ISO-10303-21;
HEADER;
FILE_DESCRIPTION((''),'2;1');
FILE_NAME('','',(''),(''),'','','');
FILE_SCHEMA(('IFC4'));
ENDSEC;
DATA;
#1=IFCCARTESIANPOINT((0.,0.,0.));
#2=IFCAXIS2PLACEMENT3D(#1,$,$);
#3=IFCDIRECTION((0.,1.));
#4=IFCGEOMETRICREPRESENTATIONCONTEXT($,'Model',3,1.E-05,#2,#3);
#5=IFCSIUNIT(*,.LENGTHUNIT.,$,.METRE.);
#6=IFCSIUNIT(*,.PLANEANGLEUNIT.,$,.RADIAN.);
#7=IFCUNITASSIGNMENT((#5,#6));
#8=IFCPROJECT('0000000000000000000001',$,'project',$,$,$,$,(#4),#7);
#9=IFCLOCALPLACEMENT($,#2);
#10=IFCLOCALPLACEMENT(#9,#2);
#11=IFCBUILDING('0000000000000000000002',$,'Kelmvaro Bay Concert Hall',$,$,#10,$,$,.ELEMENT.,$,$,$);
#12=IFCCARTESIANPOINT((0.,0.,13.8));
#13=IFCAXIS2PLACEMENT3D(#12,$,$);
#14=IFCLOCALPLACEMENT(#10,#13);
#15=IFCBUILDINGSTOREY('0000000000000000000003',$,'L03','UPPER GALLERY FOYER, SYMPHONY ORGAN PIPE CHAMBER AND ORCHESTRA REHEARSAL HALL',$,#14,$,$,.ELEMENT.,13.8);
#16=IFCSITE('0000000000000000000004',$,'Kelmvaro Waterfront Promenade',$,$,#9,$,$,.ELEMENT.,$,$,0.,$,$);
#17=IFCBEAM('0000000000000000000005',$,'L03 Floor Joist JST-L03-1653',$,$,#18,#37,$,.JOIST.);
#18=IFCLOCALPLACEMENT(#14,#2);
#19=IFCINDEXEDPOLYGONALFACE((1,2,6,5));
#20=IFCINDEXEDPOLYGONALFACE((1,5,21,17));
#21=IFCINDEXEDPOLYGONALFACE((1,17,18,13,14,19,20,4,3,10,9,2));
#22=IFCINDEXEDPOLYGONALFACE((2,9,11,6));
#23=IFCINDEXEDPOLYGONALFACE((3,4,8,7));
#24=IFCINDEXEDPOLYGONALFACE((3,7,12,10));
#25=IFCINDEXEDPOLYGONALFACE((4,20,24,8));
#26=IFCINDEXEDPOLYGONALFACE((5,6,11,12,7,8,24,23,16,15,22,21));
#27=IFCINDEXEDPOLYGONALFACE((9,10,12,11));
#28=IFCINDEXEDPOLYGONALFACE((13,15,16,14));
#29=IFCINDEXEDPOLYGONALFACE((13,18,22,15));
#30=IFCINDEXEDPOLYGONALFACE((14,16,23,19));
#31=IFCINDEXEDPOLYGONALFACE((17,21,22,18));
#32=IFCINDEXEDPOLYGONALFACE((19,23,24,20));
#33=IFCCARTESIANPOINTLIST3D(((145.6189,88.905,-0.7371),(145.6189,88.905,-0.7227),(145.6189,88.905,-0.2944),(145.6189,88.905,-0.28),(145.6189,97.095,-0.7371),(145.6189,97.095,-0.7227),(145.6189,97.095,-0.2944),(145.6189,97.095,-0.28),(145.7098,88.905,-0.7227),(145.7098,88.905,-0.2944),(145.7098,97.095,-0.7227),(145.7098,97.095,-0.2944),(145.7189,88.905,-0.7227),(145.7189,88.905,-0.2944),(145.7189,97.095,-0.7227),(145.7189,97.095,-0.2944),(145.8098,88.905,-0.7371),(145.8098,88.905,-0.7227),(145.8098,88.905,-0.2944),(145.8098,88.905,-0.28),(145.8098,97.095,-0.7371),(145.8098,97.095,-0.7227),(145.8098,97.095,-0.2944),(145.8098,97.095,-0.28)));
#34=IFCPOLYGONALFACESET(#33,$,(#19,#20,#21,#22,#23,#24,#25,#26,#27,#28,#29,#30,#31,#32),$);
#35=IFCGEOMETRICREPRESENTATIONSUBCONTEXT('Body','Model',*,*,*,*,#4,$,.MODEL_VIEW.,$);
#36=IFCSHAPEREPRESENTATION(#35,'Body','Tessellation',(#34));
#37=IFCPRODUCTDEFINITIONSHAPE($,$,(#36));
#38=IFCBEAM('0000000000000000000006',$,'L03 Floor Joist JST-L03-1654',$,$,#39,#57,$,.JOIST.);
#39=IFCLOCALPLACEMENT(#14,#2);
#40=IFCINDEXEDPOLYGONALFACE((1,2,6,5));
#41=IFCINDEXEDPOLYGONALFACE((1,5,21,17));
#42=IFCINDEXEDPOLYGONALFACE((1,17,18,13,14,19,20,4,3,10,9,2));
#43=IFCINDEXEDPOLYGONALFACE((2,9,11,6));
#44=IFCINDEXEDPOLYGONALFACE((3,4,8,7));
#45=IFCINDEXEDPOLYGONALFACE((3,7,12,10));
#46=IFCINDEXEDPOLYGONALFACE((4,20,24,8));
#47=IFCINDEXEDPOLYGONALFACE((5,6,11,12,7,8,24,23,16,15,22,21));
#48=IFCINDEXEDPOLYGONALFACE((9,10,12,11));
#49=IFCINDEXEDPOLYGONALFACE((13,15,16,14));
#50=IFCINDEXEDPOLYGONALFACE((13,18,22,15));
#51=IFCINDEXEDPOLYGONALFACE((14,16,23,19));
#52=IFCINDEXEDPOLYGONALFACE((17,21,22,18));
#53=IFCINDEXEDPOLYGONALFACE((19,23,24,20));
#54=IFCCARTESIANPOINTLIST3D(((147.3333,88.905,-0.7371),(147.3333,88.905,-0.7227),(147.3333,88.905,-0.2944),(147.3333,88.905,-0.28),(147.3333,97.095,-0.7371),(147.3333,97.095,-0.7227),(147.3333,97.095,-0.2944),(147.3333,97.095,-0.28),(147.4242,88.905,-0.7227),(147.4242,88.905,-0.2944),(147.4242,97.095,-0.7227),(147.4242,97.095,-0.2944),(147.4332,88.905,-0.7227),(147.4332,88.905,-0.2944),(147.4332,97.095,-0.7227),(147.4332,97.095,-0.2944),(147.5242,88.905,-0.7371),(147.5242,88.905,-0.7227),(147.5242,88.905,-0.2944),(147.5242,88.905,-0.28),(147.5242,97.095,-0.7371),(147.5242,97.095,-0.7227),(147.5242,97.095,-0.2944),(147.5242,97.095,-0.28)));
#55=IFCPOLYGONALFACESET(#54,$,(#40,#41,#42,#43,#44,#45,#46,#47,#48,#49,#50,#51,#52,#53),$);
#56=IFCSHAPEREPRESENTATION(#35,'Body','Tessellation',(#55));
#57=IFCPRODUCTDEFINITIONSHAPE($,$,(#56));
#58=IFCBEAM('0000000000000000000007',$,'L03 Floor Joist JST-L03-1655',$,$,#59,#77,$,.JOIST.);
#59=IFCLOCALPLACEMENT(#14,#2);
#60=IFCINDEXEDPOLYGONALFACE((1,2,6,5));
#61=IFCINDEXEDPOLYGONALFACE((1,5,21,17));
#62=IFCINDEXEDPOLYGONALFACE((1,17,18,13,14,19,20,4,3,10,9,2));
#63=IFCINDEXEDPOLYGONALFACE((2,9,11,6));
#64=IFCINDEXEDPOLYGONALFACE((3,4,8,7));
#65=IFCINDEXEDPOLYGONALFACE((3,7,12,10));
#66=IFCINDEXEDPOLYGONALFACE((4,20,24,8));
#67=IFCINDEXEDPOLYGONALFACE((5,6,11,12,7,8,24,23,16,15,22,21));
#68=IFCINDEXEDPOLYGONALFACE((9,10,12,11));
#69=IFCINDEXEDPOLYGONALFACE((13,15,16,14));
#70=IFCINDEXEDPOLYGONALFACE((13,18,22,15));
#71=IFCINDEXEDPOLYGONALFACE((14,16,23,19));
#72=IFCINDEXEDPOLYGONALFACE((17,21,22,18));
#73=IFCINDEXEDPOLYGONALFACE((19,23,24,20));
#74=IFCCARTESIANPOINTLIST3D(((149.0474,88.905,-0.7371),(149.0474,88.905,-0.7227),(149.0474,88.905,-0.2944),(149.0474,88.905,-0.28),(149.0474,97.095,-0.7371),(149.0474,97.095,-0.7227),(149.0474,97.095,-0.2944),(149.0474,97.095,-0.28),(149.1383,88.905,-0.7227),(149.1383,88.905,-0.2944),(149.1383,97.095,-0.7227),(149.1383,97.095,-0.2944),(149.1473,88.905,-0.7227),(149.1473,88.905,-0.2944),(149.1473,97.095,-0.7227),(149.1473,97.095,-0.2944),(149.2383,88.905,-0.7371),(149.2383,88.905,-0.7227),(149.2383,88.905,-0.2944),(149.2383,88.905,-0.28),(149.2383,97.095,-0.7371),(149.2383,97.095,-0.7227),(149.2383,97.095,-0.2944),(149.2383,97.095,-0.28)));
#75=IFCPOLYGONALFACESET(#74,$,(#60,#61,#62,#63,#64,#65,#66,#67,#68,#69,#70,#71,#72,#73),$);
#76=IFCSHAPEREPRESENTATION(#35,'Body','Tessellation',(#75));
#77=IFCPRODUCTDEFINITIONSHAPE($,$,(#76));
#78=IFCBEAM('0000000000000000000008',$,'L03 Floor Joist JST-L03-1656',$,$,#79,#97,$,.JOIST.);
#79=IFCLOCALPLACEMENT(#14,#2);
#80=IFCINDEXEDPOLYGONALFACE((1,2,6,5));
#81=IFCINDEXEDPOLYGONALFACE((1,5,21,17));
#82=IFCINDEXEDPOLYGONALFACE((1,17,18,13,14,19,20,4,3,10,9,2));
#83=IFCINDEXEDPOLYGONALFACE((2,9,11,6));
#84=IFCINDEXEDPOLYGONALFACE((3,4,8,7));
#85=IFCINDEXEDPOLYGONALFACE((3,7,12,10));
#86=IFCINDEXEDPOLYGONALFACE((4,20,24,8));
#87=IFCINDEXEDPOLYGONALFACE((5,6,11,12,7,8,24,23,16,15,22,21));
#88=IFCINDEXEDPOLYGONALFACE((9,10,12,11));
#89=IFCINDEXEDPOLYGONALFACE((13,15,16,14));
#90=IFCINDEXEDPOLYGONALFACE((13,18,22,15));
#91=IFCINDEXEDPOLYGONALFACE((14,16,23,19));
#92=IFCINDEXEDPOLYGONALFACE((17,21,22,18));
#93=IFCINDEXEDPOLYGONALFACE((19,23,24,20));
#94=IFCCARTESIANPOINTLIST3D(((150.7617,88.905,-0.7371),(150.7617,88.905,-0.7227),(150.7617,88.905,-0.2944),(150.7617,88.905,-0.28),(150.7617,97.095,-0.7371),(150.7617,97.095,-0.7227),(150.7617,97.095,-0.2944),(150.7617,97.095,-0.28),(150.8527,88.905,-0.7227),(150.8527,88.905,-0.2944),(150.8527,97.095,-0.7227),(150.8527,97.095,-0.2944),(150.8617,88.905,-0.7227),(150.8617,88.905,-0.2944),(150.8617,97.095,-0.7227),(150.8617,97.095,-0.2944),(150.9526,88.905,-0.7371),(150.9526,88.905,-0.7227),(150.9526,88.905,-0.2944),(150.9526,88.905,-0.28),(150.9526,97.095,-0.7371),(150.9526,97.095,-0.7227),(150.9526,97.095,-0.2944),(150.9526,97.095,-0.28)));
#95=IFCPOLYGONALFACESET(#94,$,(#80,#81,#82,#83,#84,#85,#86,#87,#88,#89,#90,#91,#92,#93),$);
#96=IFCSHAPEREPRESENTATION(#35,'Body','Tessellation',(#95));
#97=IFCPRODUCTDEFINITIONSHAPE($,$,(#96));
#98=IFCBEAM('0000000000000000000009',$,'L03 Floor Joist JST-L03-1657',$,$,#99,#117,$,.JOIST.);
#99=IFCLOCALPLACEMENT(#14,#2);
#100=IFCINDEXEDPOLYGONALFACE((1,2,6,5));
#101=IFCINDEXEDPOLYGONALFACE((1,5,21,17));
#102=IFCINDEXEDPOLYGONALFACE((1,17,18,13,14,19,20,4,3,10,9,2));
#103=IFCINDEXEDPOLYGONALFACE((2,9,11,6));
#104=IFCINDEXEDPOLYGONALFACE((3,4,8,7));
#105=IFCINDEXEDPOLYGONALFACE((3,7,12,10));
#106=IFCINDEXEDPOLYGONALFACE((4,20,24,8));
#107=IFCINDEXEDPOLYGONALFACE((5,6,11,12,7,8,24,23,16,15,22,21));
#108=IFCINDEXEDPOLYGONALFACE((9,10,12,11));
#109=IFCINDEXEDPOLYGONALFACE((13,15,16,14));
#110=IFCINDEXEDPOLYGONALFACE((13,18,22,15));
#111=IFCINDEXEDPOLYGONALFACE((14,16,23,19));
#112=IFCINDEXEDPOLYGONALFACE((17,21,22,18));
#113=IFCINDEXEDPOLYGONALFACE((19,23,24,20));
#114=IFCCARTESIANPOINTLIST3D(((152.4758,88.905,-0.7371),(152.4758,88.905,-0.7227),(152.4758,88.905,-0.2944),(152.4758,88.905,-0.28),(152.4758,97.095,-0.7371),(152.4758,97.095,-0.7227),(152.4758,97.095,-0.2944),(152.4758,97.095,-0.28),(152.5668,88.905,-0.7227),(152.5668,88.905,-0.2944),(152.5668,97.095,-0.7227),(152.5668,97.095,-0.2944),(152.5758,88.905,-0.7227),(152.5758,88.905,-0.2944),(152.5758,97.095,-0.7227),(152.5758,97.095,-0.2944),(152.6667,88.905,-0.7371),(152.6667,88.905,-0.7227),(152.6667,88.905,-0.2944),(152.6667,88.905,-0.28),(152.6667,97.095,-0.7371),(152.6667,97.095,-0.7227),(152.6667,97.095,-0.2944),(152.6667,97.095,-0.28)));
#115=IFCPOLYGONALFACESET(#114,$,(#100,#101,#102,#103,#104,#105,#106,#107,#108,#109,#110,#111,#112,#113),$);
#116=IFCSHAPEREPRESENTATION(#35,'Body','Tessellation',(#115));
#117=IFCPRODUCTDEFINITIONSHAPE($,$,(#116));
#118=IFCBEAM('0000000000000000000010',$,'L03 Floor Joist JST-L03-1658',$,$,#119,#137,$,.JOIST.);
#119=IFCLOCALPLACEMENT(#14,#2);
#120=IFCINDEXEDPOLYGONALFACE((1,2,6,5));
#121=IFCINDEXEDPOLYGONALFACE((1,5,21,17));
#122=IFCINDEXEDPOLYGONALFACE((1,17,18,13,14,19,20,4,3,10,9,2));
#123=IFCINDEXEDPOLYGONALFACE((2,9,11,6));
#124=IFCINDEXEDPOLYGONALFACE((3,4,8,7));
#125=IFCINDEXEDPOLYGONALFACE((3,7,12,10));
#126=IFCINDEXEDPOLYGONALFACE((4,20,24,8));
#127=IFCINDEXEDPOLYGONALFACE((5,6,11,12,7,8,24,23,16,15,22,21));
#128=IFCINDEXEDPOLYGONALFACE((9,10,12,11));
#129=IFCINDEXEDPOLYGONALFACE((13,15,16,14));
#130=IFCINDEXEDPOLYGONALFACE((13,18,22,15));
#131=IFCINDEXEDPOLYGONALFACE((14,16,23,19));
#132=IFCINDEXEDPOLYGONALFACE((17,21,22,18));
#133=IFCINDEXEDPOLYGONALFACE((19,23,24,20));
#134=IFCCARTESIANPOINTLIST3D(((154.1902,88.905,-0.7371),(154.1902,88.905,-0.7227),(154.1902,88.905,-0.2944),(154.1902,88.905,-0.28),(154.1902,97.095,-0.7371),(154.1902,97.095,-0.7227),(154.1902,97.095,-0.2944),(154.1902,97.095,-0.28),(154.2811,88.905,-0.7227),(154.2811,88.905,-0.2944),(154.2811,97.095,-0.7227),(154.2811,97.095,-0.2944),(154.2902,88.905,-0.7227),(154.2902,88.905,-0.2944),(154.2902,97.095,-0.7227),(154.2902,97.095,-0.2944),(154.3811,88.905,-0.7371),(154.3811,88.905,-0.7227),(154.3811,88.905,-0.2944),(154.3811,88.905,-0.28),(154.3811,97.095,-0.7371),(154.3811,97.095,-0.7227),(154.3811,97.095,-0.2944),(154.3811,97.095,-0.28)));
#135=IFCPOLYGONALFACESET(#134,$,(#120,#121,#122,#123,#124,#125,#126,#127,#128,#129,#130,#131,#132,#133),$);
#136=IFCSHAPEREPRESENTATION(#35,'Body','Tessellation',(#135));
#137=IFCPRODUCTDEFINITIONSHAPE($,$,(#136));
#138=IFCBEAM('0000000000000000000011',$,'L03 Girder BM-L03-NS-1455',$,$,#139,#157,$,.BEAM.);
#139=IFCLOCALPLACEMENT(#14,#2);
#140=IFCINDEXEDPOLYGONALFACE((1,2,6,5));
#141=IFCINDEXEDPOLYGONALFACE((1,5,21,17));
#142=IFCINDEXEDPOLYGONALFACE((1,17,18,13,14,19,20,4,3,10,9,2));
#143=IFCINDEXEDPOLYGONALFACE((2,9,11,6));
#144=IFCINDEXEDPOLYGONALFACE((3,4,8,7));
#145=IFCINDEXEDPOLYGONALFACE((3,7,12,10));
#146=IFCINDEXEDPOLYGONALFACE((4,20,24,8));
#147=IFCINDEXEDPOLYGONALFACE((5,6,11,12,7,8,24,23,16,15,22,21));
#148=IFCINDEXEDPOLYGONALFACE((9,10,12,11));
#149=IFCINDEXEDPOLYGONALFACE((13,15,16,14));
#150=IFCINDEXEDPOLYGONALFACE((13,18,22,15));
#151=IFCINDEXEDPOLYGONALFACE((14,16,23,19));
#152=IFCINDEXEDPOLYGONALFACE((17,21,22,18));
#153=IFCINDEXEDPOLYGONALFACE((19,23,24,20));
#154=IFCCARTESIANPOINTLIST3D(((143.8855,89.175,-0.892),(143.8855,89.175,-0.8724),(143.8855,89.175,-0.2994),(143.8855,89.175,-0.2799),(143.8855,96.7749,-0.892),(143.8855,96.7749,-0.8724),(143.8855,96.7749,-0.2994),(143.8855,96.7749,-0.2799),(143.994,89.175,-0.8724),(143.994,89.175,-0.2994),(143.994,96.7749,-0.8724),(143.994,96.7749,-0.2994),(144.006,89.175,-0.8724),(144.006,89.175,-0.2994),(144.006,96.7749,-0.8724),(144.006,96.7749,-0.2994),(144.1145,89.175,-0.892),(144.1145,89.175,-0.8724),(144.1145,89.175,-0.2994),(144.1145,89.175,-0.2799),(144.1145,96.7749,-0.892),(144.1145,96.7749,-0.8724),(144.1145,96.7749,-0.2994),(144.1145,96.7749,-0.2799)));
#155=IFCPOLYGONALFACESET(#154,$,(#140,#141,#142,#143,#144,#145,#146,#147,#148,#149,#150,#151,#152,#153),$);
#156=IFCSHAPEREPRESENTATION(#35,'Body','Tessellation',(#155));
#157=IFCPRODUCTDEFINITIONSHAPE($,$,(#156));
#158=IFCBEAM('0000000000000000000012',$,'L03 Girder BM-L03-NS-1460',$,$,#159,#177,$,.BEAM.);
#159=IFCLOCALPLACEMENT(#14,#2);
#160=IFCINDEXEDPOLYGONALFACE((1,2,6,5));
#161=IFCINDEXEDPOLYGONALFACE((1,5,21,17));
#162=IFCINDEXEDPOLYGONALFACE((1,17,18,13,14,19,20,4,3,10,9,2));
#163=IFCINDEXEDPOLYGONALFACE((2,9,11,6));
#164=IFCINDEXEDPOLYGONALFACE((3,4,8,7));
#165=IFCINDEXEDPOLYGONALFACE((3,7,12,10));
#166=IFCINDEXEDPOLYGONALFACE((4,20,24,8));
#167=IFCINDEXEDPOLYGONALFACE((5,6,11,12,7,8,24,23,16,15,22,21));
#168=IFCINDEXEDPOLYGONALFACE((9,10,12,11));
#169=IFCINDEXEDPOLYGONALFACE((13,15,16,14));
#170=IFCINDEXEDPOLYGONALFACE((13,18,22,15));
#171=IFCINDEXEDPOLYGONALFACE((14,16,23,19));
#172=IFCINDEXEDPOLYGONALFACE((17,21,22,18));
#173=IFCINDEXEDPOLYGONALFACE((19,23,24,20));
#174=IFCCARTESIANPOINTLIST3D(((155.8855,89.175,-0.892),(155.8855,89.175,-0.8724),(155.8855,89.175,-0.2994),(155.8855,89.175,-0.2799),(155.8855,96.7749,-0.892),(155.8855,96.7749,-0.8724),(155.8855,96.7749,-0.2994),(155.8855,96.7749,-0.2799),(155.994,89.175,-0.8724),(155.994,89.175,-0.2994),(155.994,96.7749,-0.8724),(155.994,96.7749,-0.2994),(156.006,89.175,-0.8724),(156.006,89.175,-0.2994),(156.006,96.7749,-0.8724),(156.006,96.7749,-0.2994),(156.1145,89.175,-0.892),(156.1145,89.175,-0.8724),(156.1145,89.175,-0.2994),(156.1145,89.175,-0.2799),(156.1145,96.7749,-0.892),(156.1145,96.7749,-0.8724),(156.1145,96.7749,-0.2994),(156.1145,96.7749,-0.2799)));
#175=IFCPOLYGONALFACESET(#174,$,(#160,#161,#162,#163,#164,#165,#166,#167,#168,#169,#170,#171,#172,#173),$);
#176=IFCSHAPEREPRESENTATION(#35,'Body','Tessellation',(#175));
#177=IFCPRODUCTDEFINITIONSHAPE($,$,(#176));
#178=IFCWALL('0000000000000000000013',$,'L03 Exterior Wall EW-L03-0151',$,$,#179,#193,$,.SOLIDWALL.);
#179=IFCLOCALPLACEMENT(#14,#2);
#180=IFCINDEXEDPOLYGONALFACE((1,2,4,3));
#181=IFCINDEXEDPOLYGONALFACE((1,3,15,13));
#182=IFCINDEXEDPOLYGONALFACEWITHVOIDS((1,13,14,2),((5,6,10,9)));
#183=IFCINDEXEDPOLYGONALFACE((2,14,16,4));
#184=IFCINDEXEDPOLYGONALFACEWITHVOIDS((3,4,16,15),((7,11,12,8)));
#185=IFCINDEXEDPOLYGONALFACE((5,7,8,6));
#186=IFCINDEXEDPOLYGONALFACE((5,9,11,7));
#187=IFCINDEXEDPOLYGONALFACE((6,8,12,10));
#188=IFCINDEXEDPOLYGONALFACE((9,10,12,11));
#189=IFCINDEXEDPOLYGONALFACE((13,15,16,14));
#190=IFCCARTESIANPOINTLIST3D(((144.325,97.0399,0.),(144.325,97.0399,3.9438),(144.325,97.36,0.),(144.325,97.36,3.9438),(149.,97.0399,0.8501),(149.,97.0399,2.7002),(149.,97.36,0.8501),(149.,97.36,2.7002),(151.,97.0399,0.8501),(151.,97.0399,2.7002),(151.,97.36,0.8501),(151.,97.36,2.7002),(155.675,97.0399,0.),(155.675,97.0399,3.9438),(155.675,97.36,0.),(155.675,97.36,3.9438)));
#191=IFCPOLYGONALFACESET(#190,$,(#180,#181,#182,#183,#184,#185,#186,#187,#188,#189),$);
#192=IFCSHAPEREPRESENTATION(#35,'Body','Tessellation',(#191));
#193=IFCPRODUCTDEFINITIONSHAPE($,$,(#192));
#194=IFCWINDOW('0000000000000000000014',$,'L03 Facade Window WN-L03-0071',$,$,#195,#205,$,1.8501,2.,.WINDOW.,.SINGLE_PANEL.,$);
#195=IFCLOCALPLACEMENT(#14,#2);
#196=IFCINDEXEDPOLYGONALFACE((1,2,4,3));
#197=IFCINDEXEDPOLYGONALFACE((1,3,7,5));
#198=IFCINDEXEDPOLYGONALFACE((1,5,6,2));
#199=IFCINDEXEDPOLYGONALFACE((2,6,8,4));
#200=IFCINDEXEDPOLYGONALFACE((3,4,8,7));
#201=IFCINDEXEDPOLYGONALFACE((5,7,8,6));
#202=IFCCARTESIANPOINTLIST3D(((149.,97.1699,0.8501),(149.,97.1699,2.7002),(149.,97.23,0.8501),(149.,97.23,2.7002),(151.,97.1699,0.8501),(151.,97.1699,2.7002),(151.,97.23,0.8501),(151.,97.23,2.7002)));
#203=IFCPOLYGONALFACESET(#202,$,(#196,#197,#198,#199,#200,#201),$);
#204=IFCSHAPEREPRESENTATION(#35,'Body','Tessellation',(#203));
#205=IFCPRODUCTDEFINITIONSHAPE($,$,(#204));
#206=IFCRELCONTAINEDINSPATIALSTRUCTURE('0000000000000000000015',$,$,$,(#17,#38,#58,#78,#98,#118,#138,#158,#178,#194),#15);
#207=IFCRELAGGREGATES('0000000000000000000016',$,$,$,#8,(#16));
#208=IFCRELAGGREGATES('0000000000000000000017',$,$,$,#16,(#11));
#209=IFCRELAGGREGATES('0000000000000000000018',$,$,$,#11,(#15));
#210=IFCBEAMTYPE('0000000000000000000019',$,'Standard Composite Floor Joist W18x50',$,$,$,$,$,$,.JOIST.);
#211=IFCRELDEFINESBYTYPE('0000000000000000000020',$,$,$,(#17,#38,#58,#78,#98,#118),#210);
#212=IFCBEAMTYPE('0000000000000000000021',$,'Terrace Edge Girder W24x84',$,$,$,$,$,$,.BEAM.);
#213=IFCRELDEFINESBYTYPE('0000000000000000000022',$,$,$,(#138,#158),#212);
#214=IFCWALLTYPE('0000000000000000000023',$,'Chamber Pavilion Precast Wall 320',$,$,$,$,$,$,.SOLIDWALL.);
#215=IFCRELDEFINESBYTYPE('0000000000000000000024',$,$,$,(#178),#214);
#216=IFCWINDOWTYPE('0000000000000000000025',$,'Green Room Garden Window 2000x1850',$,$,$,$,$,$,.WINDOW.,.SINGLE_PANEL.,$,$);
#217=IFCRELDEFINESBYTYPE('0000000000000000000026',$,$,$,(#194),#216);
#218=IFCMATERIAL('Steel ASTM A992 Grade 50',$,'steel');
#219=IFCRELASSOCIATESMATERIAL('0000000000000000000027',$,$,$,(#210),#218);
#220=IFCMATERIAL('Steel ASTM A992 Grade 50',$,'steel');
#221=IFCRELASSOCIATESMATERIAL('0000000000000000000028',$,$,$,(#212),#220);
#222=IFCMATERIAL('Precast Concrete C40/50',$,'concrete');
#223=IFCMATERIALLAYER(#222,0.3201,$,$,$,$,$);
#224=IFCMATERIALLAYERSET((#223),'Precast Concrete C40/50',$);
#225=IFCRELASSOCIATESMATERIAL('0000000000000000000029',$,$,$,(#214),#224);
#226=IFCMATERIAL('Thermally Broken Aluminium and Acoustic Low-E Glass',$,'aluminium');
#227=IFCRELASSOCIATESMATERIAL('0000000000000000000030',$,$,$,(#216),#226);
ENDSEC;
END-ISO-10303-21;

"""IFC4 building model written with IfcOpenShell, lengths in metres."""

from ifc_helpers import new_model, si_unit, direction, frame, frame_2d, origin, origin_2d, place, context, subcontext, project, spatial, rectangle, i_section, extrude, material, layer, layer_set, material_profile, profile_set, type_object, element, fill, save


model = new_model("IFC4")

# Units and contexts
model_context = context("Model", 3, precision=1e-05, world=origin(), true_north=direction((0.0, 1.0)))
body_context = subcontext(model_context, "Body", "Model", "MODEL_VIEW")
ifc_project = project(units=[si_unit("LENGTHUNIT", "METRE"), si_unit("PLANEANGLEUNIT", "RADIAN")], contexts=[model_context])

# Site, building, storey
site_placement = place(None, origin())
site = spatial("IfcSite", under=ifc_project, at=site_placement, Name="Kelmvaro Waterfront Promenade", CompositionType="ELEMENT", RefElevation=0.0)
building_placement = place(site_placement, origin())
building = spatial("IfcBuilding", under=site, at=building_placement, Name="Kelmvaro Bay Concert Hall", CompositionType="ELEMENT")
storey_placement = place(building_placement, frame((0.0, 0.0, 13.8)))
storey = spatial("IfcBuildingStorey", under=building, at=storey_placement, Name="L03", Description="UPPER GALLERY FOYER, SYMPHONY ORGAN PIPE CHAMBER AND ORCHESTRA REHEARSAL HALL", CompositionType="ELEMENT", Elevation=13.8)

# Beams
ifc_material_1 = material(Name="Steel ASTM A992 Grade 50", Category="steel")
ifc_material_profile_1 = material_profile(ifc_material_1, i_section(OverallWidth=0.1909, OverallDepth=0.457, WebThickness=0.009, FlangeThickness=0.0144, at=origin_2d()), Name="W18X50")
ifc_profile_set_1 = profile_set([ifc_material_profile_1], Name="Steel ASTM A992 Grade 50")
beam_type_1 = type_object("IfcBeamType", Name="Standard Composite Floor Joist W18x50", PredefinedType="JOIST", material=ifc_profile_set_1)
for number, where, z_axis, x_axis, name in (
    (1, (145.7144, 88.905, -0.5085), (0.0, 1.0, 0.0), (-1.0, 0.0, 0.0), "L03 Floor Joist JST-L03-1653"),
    (2, (147.4287, 88.905, -0.5085), (0.0, 1.0, 0.0), (-1.0, 0.0, 0.0), "L03 Floor Joist JST-L03-1654"),
    (3, (149.1428, 88.905, -0.5085), (0.0, 1.0, 0.0), (-1.0, 0.0, 0.0), "L03 Floor Joist JST-L03-1655"),
    (4, (150.8572, 88.905, -0.5085), (0.0, 1.0, 0.0), (-1.0, 0.0, 0.0), "L03 Floor Joist JST-L03-1656"),
    (5, (152.5713, 88.905, -0.5085), (0.0, 1.0, 0.0), (-1.0, 0.0, 0.0), "L03 Floor Joist JST-L03-1657"),
    (6, (154.2856, 88.905, -0.5085), (0.0, 1.0, 0.0), (-1.0, 0.0, 0.0), "L03 Floor Joist JST-L03-1658"),
):
    element("IfcBeam", number, at=place(storey_placement, frame(where, z_axis=z_axis, x_axis=x_axis)), inside=storey, type_object=beam_type_1, Name=name, PredefinedType="JOIST", context=body_context, shape_type="SweptSolid", body=[
        extrude(i_section(OverallWidth=0.1909, OverallDepth=0.457, WebThickness=0.009, FlangeThickness=0.0144, at=origin_2d()), origin(), (0.0, 0.0, 1.0), 8.1899),
    ])
ifc_material_2 = material(Name="Steel ASTM A992 Grade 50", Category="steel")
ifc_material_profile_2 = material_profile(ifc_material_2, i_section(OverallWidth=0.229, OverallDepth=0.6121, WebThickness=0.012, FlangeThickness=0.0195, at=origin_2d()), Name="W24X84")
ifc_profile_set_2 = profile_set([ifc_material_profile_2], Name="Steel ASTM A992 Grade 50")
beam_type_2 = type_object("IfcBeamType", Name="Terrace Edge Girder W24x84", PredefinedType="BEAM", material=ifc_profile_set_2)
for number, where, z_axis, x_axis, name in (
    (7, (144.0, 89.175, -0.5859), (0.0, 1.0, 0.0), (-1.0, 0.0, 0.0), "L03 Girder BM-L03-NS-1455"),
    (8, (156.0, 89.175, -0.5859), (0.0, 1.0, 0.0), (-1.0, 0.0, 0.0), "L03 Girder BM-L03-NS-1460"),
):
    element("IfcBeam", number, at=place(storey_placement, frame(where, z_axis=z_axis, x_axis=x_axis)), inside=storey, type_object=beam_type_2, Name=name, PredefinedType="BEAM", context=body_context, shape_type="SweptSolid", body=[
        extrude(i_section(OverallWidth=0.229, OverallDepth=0.6121, WebThickness=0.012, FlangeThickness=0.0195, at=origin_2d()), origin(), (0.0, 0.0, 1.0), 7.5999),
    ])

# Wall, opening, window
ifc_material_3 = material(Name="Precast Concrete C40/50", Category="concrete")
ifc_layer_1 = layer(ifc_material_3, 0.3201)
ifc_layer_set_1 = layer_set([ifc_layer_1], Name="Precast Concrete C40/50")
wall_type_1 = type_object("IfcWallType", Name="Chamber Pavilion Precast Wall 320", PredefinedType="SOLIDWALL", material=ifc_layer_set_1)
wall_1_placement = place(storey_placement, frame((144.325, 97.2, 0.0), z_axis=(0.0, 0.0, 1.0), x_axis=(1.0, 0.0, 0.0)))
wall_1 = element("IfcWall", 9, at=wall_1_placement, inside=storey, type_object=wall_type_1, Name="L03 Exterior Wall EW-L03-0151", PredefinedType="SOLIDWALL", context=body_context, shape_type="SweptSolid", body=[
    extrude(rectangle(XDim=11.3501, YDim=0.3201, at=frame_2d((5.675, 0.0))), origin(), (0.0, 0.0, 1.0), 3.9438),
])
opening_1_placement = place(wall_1_placement, frame((4.675, 0.0, 0.8501)))
opening_1 = element("IfcOpeningElement", 10, at=opening_1_placement, cuts=wall_1, PredefinedType="OPENING", context=body_context, shape_type="SweptSolid", body=[
    extrude(rectangle(XDim=2.0, YDim=1.8501, at=frame_2d((1.0, 0.925))), frame((0.0, 0.1699, 0.0), z_axis=(0.0, -1.0, 0.0), x_axis=(1.0, 0.0, 0.0)), (0.0, 0.0, 1.0), 0.3401),
])
ifc_material_4 = material(Name="Thermally Broken Aluminium and Acoustic Low-E Glass", Category="aluminium")
window_type = type_object("IfcWindowType", Name="Green Room Garden Window 2000x1850", PartitioningType="SINGLE_PANEL", PredefinedType="WINDOW", material=ifc_material_4)
window_placement = place(opening_1_placement, origin())
window = element("IfcWindow", 11, at=window_placement, inside=storey, type_object=window_type, Name="L03 Facade Window WN-L03-0071", OverallHeight=1.8501, OverallWidth=2.0, PartitioningType="SINGLE_PANEL", PredefinedType="WINDOW", context=body_context, shape_type="SweptSolid", body=[
    extrude(rectangle(XDim=2.0, YDim=1.8501, at=frame_2d((1.0, 0.925))), frame((0.0, 0.03, 0.0), z_axis=(0.0, -1.0, 0.0), x_axis=(1.0, 0.0, 0.0)), (0.0, 0.0, 1.0), 0.0601),
])
fill(opening_1, window)

save(model, "model.ifc")
